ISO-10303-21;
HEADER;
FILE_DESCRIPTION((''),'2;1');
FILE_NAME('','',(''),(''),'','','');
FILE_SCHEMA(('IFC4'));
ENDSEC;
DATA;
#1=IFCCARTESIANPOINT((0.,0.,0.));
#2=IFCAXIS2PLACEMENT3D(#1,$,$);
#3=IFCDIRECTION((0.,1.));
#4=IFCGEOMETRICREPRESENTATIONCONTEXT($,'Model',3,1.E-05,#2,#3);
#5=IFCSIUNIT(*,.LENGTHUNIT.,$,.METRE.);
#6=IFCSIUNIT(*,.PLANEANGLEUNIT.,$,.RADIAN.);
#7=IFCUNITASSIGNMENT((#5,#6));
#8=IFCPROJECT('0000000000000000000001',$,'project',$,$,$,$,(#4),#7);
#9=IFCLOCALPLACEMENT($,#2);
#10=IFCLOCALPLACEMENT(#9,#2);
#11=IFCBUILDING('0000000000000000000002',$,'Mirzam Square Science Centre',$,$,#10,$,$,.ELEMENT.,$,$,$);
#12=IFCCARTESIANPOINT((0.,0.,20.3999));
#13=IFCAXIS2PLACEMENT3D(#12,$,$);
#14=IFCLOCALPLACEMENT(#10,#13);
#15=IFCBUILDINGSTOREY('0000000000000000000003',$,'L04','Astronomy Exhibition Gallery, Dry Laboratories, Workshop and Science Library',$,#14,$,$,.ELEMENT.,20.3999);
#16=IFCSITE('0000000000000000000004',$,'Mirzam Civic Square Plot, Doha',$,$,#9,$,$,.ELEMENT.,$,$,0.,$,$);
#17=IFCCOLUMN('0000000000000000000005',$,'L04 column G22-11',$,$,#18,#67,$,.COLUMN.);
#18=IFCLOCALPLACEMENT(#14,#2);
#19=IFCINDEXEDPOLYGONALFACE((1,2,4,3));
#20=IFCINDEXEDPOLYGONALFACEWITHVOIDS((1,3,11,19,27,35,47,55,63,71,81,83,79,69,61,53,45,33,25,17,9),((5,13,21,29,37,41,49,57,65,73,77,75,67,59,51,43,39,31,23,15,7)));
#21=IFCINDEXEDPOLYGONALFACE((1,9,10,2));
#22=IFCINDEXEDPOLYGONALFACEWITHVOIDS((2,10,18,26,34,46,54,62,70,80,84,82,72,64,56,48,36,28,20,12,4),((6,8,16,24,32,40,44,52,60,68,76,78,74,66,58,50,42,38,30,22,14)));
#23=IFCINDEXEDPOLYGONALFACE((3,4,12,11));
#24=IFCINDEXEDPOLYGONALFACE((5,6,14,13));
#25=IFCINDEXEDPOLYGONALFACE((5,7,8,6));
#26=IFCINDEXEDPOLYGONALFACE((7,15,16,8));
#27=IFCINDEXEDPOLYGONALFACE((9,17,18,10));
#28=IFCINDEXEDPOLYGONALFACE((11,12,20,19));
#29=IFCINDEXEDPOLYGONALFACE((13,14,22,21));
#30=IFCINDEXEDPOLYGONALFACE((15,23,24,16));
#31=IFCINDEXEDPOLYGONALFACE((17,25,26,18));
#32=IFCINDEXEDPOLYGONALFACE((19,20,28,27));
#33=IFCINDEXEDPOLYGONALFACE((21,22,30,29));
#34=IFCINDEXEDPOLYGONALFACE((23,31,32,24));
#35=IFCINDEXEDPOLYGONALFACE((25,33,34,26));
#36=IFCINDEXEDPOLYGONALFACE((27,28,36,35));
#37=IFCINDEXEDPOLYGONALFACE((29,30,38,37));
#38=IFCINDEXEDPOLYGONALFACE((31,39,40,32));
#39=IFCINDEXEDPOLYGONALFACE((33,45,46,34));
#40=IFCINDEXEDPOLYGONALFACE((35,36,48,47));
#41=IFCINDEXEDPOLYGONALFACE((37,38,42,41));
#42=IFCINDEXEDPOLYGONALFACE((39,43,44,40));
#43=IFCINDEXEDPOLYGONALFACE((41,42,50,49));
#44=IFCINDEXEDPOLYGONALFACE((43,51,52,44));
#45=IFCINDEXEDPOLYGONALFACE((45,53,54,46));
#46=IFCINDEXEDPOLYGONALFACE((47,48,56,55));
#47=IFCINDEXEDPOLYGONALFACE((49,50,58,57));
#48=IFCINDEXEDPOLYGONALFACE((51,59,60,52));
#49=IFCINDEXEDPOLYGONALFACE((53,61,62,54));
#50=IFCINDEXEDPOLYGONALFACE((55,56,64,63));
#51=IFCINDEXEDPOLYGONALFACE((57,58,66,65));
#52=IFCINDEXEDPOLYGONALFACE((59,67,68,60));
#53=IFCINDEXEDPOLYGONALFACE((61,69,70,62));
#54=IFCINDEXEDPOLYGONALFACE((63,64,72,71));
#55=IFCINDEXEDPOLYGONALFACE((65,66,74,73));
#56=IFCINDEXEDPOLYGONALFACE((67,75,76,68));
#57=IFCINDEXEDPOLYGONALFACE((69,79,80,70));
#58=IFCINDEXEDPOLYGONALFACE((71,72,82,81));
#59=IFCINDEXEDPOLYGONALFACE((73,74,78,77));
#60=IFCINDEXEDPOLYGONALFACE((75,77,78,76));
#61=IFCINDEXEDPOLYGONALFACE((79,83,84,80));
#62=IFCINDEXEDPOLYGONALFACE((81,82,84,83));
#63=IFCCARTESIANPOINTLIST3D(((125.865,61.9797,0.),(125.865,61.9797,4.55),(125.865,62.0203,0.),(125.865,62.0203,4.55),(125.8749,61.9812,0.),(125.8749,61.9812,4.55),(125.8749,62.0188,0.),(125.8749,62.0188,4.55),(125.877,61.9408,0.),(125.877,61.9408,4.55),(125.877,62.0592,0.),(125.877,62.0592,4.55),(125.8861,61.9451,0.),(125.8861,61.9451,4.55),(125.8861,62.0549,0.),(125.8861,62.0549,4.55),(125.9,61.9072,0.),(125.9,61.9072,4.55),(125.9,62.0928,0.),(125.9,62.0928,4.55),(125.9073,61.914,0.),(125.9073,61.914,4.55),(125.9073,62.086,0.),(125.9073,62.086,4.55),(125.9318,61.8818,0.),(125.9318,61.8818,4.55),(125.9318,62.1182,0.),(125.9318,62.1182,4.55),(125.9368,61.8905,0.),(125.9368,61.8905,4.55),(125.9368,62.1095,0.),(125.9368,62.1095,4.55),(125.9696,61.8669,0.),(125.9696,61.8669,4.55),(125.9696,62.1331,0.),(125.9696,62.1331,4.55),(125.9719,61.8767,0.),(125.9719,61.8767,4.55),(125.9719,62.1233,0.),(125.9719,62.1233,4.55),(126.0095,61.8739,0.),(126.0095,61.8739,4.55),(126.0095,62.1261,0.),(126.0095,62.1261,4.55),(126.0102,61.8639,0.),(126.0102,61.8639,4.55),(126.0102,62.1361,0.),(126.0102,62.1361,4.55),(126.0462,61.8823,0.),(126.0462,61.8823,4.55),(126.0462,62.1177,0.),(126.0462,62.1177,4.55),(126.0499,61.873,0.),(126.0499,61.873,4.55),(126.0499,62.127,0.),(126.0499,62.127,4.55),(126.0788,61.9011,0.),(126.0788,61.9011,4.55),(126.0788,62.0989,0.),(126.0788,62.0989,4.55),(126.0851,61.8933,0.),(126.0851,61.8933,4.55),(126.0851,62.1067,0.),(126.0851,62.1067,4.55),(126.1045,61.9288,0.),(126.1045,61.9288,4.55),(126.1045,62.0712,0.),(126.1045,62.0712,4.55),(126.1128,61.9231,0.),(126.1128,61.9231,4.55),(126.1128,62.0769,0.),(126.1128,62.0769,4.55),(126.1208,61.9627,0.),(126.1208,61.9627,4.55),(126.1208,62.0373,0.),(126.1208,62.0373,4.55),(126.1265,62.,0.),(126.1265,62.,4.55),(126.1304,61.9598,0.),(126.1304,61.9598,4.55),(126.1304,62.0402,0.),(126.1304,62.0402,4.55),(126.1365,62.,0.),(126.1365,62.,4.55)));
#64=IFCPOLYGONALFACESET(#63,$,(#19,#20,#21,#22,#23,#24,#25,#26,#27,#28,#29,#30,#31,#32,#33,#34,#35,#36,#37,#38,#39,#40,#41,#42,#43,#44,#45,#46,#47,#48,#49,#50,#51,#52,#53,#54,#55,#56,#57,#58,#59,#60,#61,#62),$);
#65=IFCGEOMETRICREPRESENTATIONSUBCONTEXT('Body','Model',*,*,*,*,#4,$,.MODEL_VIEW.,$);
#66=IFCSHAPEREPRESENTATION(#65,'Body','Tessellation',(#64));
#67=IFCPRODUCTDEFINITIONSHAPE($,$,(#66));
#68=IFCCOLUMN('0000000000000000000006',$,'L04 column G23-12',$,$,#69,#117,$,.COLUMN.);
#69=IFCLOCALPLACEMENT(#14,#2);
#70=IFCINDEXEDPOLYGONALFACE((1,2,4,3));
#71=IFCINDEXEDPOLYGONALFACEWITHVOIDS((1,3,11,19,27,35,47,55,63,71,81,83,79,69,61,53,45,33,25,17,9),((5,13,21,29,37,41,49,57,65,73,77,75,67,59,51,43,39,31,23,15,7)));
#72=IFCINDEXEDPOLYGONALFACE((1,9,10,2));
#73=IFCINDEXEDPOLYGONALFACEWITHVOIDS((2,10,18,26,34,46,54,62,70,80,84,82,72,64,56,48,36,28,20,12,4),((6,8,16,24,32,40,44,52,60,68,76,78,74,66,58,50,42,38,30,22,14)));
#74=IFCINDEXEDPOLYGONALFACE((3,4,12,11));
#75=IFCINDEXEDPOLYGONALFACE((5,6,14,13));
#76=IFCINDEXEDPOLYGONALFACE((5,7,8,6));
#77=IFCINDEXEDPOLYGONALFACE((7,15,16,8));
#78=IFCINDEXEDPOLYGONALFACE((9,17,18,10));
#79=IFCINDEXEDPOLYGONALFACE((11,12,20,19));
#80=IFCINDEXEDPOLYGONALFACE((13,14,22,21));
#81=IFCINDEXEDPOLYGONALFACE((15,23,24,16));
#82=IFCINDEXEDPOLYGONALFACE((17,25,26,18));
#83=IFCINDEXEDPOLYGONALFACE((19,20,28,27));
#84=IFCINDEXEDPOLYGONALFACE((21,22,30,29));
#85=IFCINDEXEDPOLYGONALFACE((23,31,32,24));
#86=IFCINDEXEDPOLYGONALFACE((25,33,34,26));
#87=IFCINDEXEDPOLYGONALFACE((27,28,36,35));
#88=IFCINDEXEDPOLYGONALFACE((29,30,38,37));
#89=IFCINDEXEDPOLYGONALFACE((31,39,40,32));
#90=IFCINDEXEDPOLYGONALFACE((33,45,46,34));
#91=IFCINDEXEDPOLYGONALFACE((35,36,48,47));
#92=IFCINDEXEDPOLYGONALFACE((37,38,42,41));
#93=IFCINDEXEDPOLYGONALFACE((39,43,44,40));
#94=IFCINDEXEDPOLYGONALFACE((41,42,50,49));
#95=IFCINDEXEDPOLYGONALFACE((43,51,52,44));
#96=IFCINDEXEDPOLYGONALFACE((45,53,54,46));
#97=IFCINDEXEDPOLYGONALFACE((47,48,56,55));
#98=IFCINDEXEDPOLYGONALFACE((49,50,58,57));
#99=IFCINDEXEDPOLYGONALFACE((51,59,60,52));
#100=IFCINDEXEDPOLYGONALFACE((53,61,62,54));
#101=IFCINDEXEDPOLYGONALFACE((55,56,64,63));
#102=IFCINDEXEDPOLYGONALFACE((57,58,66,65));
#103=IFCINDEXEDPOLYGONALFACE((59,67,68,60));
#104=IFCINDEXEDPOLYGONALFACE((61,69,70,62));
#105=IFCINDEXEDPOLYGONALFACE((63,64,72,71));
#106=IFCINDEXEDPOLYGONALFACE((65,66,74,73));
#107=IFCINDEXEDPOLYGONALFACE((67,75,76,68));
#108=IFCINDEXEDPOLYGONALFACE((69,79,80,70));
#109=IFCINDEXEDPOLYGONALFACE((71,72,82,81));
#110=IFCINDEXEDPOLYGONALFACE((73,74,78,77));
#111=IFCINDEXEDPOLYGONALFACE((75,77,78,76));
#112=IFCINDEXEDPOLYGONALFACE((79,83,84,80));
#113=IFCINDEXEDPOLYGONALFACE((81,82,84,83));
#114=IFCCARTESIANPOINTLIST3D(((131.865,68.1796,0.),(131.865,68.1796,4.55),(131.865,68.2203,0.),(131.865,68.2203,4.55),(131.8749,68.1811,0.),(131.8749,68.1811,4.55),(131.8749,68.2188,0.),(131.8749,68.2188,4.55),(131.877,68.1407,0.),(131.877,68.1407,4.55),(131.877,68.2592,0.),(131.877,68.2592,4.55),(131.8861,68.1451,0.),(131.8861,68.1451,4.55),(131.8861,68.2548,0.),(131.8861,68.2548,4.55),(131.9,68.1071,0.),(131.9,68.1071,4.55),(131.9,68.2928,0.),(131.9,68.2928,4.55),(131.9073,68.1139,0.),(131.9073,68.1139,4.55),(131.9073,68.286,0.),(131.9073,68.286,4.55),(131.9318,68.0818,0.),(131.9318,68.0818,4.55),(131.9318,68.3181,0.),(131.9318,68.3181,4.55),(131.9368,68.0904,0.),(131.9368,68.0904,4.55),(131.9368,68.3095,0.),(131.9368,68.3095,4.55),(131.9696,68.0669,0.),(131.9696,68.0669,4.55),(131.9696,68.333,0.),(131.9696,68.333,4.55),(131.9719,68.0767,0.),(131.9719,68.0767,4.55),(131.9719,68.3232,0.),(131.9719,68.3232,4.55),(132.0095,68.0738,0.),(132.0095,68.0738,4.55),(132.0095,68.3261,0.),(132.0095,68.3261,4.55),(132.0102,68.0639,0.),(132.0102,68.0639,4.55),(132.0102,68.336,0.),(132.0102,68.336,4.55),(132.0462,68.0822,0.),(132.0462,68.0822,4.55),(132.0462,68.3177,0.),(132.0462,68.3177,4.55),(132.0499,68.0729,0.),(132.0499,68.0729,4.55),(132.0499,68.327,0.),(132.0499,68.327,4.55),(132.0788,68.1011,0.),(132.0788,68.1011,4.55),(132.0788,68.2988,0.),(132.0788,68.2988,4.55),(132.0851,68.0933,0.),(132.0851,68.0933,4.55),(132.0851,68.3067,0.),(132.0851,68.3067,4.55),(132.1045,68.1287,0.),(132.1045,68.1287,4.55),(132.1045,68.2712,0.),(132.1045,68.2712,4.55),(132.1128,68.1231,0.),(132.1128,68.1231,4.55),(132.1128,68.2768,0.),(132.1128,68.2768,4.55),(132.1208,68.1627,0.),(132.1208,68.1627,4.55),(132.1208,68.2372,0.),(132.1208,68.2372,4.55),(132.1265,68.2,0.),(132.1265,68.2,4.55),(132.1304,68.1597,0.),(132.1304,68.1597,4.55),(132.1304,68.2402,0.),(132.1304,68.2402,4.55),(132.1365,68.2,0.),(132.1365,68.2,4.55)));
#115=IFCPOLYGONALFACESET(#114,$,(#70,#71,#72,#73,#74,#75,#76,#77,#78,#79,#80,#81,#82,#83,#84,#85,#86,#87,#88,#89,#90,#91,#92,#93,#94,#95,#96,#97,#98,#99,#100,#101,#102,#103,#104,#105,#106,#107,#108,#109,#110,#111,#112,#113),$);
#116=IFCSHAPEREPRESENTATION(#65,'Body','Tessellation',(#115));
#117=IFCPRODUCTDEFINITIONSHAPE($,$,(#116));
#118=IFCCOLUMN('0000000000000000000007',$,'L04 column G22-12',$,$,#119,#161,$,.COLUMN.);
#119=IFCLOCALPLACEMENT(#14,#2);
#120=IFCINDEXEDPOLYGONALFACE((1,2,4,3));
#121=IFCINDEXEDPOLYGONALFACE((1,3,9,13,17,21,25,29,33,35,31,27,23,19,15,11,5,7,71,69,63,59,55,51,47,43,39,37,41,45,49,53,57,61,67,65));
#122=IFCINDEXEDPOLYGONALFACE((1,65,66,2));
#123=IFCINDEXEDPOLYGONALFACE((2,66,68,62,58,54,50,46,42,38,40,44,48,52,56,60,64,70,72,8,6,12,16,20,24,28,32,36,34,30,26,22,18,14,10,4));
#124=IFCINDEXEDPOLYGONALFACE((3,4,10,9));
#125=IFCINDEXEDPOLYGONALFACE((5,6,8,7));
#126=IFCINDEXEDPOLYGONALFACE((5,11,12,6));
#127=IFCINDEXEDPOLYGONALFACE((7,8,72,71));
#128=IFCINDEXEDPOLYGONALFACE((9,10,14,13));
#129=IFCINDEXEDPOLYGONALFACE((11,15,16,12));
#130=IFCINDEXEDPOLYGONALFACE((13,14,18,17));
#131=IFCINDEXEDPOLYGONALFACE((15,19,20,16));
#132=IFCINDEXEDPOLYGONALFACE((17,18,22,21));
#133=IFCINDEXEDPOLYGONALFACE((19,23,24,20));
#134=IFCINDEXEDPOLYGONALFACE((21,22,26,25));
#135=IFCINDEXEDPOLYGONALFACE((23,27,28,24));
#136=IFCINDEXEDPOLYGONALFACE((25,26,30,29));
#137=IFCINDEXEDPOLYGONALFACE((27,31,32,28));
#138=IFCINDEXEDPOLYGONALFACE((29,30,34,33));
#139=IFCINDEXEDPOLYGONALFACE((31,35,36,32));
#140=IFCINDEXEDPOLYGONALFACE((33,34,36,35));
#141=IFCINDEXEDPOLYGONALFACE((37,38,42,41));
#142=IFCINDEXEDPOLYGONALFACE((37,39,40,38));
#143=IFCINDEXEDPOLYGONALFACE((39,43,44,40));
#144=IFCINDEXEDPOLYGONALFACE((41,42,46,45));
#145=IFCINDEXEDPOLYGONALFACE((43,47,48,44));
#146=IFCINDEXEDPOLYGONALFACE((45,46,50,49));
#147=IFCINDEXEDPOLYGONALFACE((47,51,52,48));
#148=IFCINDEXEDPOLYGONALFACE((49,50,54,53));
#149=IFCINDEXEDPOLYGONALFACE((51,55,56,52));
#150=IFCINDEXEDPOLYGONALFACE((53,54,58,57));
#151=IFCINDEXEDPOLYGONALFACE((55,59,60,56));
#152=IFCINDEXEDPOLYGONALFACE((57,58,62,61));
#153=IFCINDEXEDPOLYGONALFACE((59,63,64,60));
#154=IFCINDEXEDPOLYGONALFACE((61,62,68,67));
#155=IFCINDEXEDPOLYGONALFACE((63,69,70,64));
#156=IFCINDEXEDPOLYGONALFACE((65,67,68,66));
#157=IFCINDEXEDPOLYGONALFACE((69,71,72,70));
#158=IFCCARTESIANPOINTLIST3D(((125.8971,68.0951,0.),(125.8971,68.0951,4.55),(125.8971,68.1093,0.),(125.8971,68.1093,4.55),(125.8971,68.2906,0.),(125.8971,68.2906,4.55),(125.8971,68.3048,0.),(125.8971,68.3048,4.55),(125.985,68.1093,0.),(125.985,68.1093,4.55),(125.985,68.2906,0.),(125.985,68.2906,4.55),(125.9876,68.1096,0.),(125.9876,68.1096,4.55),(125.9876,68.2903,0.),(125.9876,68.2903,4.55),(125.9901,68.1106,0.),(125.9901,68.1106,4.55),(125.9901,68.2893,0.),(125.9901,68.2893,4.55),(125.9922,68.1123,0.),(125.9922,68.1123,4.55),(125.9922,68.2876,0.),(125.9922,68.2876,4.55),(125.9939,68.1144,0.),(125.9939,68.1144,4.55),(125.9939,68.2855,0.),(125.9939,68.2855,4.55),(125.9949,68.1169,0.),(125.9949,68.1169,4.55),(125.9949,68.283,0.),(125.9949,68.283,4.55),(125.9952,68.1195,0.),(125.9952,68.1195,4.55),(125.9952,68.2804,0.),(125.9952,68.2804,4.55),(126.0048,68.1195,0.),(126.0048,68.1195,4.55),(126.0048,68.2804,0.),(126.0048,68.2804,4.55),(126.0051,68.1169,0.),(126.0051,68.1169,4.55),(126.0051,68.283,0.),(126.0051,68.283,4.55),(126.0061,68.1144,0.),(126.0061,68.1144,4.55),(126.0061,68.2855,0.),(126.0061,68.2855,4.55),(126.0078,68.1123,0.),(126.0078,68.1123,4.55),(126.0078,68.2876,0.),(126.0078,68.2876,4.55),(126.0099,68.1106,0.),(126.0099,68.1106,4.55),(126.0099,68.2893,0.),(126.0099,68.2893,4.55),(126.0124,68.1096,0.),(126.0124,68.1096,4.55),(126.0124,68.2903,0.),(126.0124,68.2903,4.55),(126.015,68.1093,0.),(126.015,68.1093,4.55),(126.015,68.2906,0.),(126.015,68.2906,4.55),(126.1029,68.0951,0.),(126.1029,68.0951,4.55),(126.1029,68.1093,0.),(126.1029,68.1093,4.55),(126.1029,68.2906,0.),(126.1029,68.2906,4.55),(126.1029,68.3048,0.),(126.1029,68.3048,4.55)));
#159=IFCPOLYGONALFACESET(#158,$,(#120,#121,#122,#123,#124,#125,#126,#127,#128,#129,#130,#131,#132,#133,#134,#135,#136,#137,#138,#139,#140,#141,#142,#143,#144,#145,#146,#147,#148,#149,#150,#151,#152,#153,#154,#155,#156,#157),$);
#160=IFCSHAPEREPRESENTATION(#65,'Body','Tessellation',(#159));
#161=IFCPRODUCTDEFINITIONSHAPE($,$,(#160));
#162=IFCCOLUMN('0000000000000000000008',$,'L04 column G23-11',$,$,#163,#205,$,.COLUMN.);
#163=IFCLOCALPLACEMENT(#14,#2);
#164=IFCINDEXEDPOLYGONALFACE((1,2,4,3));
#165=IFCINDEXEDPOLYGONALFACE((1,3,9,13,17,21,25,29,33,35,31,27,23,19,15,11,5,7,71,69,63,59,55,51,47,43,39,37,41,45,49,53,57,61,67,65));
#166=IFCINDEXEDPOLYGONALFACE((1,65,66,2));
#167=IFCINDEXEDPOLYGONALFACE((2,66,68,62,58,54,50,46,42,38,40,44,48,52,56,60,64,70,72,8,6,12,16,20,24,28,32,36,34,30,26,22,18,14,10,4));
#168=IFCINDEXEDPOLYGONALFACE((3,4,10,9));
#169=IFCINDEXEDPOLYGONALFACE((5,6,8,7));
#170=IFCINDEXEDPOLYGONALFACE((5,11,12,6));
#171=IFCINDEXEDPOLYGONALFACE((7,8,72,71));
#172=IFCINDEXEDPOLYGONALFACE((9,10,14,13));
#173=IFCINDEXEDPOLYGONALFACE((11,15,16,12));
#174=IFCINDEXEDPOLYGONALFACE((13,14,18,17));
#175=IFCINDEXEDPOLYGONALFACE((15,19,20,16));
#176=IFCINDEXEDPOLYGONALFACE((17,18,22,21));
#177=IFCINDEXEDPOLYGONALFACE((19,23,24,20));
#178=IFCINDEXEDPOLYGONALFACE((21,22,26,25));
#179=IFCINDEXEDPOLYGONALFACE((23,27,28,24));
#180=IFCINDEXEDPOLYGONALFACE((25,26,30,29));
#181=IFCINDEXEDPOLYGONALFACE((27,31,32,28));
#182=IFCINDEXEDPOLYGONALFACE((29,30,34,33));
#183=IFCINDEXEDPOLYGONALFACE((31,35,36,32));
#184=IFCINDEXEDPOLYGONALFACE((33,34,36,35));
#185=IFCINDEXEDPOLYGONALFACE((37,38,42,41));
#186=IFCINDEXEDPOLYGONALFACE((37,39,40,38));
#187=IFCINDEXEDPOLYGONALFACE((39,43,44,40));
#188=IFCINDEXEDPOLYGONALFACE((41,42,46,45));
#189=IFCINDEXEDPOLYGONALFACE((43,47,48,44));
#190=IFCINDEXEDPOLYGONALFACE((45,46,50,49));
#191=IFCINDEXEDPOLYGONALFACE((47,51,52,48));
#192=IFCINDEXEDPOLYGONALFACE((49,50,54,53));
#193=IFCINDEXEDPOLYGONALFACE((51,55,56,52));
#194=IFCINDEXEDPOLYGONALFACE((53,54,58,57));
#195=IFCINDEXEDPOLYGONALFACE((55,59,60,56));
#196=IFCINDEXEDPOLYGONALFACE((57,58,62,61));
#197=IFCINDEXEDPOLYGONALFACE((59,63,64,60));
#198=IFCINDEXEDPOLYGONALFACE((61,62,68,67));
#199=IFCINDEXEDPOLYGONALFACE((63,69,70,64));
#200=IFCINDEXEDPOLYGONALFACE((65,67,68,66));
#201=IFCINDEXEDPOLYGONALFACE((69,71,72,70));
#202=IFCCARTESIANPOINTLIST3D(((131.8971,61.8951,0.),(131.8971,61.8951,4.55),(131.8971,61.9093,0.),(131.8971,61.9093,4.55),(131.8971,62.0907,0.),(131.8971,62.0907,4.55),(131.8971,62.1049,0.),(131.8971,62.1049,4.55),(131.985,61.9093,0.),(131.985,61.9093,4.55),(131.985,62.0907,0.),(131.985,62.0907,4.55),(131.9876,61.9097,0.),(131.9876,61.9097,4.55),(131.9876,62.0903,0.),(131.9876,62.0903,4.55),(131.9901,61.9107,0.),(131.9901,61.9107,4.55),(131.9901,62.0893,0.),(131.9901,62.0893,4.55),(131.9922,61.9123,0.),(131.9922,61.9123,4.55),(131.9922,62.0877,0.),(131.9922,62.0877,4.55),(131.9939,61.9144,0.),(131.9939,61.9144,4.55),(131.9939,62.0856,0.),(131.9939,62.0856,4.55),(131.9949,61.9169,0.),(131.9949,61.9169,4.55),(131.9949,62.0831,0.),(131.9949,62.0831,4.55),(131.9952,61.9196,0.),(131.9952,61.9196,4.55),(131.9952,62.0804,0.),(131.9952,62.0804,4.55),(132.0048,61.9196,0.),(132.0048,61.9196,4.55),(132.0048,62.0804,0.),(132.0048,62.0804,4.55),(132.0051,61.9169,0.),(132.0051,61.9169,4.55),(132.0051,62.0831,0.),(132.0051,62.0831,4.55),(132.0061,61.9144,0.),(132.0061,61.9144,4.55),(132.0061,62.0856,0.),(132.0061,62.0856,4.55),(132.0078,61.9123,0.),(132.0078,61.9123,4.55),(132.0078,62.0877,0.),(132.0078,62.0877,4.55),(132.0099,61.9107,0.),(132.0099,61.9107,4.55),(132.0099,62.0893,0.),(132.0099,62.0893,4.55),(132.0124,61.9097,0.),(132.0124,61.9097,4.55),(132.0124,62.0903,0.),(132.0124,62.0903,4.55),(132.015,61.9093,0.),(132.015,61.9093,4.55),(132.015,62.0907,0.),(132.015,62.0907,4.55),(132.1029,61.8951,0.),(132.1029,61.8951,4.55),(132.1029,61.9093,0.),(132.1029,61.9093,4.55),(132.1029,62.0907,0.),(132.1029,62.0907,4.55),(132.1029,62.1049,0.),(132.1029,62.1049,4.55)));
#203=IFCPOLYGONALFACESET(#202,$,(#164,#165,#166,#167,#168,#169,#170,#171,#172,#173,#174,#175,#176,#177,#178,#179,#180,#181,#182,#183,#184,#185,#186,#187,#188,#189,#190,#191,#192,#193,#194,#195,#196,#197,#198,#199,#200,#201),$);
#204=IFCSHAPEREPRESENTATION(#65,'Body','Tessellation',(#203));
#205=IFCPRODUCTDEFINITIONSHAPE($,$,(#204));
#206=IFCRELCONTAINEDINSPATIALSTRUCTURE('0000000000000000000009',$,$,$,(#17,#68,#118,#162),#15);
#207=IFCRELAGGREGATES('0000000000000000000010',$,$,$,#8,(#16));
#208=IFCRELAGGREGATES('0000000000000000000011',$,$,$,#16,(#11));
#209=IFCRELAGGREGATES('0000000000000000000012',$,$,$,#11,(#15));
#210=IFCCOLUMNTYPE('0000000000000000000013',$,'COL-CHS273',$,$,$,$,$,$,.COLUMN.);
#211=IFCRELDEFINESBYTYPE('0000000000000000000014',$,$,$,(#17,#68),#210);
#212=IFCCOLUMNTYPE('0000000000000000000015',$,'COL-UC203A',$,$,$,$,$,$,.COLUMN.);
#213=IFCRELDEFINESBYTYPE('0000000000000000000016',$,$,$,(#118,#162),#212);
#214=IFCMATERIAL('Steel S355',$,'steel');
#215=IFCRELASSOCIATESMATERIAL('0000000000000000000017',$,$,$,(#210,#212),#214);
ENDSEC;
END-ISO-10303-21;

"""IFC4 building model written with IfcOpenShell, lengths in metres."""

from ifc_helpers import new_model, si_unit, direction, frame, origin, origin_2d, place, context, subcontext, project, spatial, hollow_circle, i_section, extrude, material, material_profile, profile_set, type_object, element, save


model = new_model("IFC4")

# Units and contexts
model_context = context("Model", 3, precision=1e-05, world=origin(), true_north=direction((0.0, 1.0)))
body_context = subcontext(model_context, "Body", "Model", "MODEL_VIEW")
ifc_project = project(units=[si_unit("LENGTHUNIT", "METRE"), si_unit("PLANEANGLEUNIT", "RADIAN")], contexts=[model_context])

# Site, building, storey
site_placement = place(None, origin())
site = spatial("IfcSite", under=ifc_project, at=site_placement, Name="Mirzam Civic Square Plot, Doha", CompositionType="ELEMENT", RefElevation=0.0)
building_placement = place(site_placement, origin())
building = spatial("IfcBuilding", under=site, at=building_placement, Name="Mirzam Square Science Centre", CompositionType="ELEMENT")
storey_placement = place(building_placement, frame((0.0, 0.0, 20.3999)))
storey = spatial("IfcBuildingStorey", under=building, at=storey_placement, Name="L04", Description="Astronomy Exhibition Gallery, Dry Laboratories, Workshop and Science Library", CompositionType="ELEMENT", Elevation=20.3999)

# Columns
ifc_material = material(Name="Steel S355", Category="steel")
ifc_material_profile_1 = material_profile(ifc_material, hollow_circle(Radius=0.1365, WallThickness=0.01, at=origin_2d()), Name="273.0x10.0CHS")
ifc_profile_set_1 = profile_set([ifc_material_profile_1], Name="Steel S355")
column_type_1 = type_object("IfcColumnType", Name="COL-CHS273", PredefinedType="COLUMN", material=ifc_profile_set_1)
for number, where, z_axis, x_axis, name in (
    (1, (126.0, 62.0, 0.0), (0.0, 0.0, 1.0), (1.0, 0.0, 0.0), "L04 column G22-11"),
    (2, (132.0, 68.2, 0.0), (0.0, 0.0, 1.0), (1.0, 0.0, 0.0), "L04 column G23-12"),
):
    element("IfcColumn", number, at=place(storey_placement, frame(where, z_axis=z_axis, x_axis=x_axis)), inside=storey, type_object=column_type_1, Name=name, PredefinedType="COLUMN", context=body_context, shape_type="SweptSolid", body=[
        extrude(hollow_circle(Radius=0.1365, WallThickness=0.01, at=origin_2d()), origin(), (0.0, 0.0, 1.0), 4.55),
    ])
ifc_material_profile_2 = material_profile(ifc_material, i_section(OverallWidth=0.2058, OverallDepth=0.2097, WebThickness=0.0095, FlangeThickness=0.0142, FilletRadius=0.0103, at=origin_2d()), Name="203x203x60UC")
ifc_profile_set_2 = profile_set([ifc_material_profile_2], Name="Steel S355")
column_type_2 = type_object("IfcColumnType", Name="COL-UC203A", PredefinedType="COLUMN", material=ifc_profile_set_2)
for number, where, z_axis, x_axis, name in (
    (3, (126.0, 68.2, 0.0), (0.0, 0.0, 1.0), (1.0, 0.0, 0.0), "L04 column G22-12"),
    (4, (132.0, 62.0, 0.0), (0.0, 0.0, 1.0), (1.0, 0.0, 0.0), "L04 column G23-11"),
):
    element("IfcColumn", number, at=place(storey_placement, frame(where, z_axis=z_axis, x_axis=x_axis)), inside=storey, type_object=column_type_2, Name=name, PredefinedType="COLUMN", context=body_context, shape_type="SweptSolid", body=[
        extrude(i_section(OverallWidth=0.2058, OverallDepth=0.2097, WebThickness=0.0095, FlangeThickness=0.0142, FilletRadius=0.0103, at=origin_2d()), origin(), (0.0, 0.0, 1.0), 4.55),
    ])

save(model, "model.ifc")
